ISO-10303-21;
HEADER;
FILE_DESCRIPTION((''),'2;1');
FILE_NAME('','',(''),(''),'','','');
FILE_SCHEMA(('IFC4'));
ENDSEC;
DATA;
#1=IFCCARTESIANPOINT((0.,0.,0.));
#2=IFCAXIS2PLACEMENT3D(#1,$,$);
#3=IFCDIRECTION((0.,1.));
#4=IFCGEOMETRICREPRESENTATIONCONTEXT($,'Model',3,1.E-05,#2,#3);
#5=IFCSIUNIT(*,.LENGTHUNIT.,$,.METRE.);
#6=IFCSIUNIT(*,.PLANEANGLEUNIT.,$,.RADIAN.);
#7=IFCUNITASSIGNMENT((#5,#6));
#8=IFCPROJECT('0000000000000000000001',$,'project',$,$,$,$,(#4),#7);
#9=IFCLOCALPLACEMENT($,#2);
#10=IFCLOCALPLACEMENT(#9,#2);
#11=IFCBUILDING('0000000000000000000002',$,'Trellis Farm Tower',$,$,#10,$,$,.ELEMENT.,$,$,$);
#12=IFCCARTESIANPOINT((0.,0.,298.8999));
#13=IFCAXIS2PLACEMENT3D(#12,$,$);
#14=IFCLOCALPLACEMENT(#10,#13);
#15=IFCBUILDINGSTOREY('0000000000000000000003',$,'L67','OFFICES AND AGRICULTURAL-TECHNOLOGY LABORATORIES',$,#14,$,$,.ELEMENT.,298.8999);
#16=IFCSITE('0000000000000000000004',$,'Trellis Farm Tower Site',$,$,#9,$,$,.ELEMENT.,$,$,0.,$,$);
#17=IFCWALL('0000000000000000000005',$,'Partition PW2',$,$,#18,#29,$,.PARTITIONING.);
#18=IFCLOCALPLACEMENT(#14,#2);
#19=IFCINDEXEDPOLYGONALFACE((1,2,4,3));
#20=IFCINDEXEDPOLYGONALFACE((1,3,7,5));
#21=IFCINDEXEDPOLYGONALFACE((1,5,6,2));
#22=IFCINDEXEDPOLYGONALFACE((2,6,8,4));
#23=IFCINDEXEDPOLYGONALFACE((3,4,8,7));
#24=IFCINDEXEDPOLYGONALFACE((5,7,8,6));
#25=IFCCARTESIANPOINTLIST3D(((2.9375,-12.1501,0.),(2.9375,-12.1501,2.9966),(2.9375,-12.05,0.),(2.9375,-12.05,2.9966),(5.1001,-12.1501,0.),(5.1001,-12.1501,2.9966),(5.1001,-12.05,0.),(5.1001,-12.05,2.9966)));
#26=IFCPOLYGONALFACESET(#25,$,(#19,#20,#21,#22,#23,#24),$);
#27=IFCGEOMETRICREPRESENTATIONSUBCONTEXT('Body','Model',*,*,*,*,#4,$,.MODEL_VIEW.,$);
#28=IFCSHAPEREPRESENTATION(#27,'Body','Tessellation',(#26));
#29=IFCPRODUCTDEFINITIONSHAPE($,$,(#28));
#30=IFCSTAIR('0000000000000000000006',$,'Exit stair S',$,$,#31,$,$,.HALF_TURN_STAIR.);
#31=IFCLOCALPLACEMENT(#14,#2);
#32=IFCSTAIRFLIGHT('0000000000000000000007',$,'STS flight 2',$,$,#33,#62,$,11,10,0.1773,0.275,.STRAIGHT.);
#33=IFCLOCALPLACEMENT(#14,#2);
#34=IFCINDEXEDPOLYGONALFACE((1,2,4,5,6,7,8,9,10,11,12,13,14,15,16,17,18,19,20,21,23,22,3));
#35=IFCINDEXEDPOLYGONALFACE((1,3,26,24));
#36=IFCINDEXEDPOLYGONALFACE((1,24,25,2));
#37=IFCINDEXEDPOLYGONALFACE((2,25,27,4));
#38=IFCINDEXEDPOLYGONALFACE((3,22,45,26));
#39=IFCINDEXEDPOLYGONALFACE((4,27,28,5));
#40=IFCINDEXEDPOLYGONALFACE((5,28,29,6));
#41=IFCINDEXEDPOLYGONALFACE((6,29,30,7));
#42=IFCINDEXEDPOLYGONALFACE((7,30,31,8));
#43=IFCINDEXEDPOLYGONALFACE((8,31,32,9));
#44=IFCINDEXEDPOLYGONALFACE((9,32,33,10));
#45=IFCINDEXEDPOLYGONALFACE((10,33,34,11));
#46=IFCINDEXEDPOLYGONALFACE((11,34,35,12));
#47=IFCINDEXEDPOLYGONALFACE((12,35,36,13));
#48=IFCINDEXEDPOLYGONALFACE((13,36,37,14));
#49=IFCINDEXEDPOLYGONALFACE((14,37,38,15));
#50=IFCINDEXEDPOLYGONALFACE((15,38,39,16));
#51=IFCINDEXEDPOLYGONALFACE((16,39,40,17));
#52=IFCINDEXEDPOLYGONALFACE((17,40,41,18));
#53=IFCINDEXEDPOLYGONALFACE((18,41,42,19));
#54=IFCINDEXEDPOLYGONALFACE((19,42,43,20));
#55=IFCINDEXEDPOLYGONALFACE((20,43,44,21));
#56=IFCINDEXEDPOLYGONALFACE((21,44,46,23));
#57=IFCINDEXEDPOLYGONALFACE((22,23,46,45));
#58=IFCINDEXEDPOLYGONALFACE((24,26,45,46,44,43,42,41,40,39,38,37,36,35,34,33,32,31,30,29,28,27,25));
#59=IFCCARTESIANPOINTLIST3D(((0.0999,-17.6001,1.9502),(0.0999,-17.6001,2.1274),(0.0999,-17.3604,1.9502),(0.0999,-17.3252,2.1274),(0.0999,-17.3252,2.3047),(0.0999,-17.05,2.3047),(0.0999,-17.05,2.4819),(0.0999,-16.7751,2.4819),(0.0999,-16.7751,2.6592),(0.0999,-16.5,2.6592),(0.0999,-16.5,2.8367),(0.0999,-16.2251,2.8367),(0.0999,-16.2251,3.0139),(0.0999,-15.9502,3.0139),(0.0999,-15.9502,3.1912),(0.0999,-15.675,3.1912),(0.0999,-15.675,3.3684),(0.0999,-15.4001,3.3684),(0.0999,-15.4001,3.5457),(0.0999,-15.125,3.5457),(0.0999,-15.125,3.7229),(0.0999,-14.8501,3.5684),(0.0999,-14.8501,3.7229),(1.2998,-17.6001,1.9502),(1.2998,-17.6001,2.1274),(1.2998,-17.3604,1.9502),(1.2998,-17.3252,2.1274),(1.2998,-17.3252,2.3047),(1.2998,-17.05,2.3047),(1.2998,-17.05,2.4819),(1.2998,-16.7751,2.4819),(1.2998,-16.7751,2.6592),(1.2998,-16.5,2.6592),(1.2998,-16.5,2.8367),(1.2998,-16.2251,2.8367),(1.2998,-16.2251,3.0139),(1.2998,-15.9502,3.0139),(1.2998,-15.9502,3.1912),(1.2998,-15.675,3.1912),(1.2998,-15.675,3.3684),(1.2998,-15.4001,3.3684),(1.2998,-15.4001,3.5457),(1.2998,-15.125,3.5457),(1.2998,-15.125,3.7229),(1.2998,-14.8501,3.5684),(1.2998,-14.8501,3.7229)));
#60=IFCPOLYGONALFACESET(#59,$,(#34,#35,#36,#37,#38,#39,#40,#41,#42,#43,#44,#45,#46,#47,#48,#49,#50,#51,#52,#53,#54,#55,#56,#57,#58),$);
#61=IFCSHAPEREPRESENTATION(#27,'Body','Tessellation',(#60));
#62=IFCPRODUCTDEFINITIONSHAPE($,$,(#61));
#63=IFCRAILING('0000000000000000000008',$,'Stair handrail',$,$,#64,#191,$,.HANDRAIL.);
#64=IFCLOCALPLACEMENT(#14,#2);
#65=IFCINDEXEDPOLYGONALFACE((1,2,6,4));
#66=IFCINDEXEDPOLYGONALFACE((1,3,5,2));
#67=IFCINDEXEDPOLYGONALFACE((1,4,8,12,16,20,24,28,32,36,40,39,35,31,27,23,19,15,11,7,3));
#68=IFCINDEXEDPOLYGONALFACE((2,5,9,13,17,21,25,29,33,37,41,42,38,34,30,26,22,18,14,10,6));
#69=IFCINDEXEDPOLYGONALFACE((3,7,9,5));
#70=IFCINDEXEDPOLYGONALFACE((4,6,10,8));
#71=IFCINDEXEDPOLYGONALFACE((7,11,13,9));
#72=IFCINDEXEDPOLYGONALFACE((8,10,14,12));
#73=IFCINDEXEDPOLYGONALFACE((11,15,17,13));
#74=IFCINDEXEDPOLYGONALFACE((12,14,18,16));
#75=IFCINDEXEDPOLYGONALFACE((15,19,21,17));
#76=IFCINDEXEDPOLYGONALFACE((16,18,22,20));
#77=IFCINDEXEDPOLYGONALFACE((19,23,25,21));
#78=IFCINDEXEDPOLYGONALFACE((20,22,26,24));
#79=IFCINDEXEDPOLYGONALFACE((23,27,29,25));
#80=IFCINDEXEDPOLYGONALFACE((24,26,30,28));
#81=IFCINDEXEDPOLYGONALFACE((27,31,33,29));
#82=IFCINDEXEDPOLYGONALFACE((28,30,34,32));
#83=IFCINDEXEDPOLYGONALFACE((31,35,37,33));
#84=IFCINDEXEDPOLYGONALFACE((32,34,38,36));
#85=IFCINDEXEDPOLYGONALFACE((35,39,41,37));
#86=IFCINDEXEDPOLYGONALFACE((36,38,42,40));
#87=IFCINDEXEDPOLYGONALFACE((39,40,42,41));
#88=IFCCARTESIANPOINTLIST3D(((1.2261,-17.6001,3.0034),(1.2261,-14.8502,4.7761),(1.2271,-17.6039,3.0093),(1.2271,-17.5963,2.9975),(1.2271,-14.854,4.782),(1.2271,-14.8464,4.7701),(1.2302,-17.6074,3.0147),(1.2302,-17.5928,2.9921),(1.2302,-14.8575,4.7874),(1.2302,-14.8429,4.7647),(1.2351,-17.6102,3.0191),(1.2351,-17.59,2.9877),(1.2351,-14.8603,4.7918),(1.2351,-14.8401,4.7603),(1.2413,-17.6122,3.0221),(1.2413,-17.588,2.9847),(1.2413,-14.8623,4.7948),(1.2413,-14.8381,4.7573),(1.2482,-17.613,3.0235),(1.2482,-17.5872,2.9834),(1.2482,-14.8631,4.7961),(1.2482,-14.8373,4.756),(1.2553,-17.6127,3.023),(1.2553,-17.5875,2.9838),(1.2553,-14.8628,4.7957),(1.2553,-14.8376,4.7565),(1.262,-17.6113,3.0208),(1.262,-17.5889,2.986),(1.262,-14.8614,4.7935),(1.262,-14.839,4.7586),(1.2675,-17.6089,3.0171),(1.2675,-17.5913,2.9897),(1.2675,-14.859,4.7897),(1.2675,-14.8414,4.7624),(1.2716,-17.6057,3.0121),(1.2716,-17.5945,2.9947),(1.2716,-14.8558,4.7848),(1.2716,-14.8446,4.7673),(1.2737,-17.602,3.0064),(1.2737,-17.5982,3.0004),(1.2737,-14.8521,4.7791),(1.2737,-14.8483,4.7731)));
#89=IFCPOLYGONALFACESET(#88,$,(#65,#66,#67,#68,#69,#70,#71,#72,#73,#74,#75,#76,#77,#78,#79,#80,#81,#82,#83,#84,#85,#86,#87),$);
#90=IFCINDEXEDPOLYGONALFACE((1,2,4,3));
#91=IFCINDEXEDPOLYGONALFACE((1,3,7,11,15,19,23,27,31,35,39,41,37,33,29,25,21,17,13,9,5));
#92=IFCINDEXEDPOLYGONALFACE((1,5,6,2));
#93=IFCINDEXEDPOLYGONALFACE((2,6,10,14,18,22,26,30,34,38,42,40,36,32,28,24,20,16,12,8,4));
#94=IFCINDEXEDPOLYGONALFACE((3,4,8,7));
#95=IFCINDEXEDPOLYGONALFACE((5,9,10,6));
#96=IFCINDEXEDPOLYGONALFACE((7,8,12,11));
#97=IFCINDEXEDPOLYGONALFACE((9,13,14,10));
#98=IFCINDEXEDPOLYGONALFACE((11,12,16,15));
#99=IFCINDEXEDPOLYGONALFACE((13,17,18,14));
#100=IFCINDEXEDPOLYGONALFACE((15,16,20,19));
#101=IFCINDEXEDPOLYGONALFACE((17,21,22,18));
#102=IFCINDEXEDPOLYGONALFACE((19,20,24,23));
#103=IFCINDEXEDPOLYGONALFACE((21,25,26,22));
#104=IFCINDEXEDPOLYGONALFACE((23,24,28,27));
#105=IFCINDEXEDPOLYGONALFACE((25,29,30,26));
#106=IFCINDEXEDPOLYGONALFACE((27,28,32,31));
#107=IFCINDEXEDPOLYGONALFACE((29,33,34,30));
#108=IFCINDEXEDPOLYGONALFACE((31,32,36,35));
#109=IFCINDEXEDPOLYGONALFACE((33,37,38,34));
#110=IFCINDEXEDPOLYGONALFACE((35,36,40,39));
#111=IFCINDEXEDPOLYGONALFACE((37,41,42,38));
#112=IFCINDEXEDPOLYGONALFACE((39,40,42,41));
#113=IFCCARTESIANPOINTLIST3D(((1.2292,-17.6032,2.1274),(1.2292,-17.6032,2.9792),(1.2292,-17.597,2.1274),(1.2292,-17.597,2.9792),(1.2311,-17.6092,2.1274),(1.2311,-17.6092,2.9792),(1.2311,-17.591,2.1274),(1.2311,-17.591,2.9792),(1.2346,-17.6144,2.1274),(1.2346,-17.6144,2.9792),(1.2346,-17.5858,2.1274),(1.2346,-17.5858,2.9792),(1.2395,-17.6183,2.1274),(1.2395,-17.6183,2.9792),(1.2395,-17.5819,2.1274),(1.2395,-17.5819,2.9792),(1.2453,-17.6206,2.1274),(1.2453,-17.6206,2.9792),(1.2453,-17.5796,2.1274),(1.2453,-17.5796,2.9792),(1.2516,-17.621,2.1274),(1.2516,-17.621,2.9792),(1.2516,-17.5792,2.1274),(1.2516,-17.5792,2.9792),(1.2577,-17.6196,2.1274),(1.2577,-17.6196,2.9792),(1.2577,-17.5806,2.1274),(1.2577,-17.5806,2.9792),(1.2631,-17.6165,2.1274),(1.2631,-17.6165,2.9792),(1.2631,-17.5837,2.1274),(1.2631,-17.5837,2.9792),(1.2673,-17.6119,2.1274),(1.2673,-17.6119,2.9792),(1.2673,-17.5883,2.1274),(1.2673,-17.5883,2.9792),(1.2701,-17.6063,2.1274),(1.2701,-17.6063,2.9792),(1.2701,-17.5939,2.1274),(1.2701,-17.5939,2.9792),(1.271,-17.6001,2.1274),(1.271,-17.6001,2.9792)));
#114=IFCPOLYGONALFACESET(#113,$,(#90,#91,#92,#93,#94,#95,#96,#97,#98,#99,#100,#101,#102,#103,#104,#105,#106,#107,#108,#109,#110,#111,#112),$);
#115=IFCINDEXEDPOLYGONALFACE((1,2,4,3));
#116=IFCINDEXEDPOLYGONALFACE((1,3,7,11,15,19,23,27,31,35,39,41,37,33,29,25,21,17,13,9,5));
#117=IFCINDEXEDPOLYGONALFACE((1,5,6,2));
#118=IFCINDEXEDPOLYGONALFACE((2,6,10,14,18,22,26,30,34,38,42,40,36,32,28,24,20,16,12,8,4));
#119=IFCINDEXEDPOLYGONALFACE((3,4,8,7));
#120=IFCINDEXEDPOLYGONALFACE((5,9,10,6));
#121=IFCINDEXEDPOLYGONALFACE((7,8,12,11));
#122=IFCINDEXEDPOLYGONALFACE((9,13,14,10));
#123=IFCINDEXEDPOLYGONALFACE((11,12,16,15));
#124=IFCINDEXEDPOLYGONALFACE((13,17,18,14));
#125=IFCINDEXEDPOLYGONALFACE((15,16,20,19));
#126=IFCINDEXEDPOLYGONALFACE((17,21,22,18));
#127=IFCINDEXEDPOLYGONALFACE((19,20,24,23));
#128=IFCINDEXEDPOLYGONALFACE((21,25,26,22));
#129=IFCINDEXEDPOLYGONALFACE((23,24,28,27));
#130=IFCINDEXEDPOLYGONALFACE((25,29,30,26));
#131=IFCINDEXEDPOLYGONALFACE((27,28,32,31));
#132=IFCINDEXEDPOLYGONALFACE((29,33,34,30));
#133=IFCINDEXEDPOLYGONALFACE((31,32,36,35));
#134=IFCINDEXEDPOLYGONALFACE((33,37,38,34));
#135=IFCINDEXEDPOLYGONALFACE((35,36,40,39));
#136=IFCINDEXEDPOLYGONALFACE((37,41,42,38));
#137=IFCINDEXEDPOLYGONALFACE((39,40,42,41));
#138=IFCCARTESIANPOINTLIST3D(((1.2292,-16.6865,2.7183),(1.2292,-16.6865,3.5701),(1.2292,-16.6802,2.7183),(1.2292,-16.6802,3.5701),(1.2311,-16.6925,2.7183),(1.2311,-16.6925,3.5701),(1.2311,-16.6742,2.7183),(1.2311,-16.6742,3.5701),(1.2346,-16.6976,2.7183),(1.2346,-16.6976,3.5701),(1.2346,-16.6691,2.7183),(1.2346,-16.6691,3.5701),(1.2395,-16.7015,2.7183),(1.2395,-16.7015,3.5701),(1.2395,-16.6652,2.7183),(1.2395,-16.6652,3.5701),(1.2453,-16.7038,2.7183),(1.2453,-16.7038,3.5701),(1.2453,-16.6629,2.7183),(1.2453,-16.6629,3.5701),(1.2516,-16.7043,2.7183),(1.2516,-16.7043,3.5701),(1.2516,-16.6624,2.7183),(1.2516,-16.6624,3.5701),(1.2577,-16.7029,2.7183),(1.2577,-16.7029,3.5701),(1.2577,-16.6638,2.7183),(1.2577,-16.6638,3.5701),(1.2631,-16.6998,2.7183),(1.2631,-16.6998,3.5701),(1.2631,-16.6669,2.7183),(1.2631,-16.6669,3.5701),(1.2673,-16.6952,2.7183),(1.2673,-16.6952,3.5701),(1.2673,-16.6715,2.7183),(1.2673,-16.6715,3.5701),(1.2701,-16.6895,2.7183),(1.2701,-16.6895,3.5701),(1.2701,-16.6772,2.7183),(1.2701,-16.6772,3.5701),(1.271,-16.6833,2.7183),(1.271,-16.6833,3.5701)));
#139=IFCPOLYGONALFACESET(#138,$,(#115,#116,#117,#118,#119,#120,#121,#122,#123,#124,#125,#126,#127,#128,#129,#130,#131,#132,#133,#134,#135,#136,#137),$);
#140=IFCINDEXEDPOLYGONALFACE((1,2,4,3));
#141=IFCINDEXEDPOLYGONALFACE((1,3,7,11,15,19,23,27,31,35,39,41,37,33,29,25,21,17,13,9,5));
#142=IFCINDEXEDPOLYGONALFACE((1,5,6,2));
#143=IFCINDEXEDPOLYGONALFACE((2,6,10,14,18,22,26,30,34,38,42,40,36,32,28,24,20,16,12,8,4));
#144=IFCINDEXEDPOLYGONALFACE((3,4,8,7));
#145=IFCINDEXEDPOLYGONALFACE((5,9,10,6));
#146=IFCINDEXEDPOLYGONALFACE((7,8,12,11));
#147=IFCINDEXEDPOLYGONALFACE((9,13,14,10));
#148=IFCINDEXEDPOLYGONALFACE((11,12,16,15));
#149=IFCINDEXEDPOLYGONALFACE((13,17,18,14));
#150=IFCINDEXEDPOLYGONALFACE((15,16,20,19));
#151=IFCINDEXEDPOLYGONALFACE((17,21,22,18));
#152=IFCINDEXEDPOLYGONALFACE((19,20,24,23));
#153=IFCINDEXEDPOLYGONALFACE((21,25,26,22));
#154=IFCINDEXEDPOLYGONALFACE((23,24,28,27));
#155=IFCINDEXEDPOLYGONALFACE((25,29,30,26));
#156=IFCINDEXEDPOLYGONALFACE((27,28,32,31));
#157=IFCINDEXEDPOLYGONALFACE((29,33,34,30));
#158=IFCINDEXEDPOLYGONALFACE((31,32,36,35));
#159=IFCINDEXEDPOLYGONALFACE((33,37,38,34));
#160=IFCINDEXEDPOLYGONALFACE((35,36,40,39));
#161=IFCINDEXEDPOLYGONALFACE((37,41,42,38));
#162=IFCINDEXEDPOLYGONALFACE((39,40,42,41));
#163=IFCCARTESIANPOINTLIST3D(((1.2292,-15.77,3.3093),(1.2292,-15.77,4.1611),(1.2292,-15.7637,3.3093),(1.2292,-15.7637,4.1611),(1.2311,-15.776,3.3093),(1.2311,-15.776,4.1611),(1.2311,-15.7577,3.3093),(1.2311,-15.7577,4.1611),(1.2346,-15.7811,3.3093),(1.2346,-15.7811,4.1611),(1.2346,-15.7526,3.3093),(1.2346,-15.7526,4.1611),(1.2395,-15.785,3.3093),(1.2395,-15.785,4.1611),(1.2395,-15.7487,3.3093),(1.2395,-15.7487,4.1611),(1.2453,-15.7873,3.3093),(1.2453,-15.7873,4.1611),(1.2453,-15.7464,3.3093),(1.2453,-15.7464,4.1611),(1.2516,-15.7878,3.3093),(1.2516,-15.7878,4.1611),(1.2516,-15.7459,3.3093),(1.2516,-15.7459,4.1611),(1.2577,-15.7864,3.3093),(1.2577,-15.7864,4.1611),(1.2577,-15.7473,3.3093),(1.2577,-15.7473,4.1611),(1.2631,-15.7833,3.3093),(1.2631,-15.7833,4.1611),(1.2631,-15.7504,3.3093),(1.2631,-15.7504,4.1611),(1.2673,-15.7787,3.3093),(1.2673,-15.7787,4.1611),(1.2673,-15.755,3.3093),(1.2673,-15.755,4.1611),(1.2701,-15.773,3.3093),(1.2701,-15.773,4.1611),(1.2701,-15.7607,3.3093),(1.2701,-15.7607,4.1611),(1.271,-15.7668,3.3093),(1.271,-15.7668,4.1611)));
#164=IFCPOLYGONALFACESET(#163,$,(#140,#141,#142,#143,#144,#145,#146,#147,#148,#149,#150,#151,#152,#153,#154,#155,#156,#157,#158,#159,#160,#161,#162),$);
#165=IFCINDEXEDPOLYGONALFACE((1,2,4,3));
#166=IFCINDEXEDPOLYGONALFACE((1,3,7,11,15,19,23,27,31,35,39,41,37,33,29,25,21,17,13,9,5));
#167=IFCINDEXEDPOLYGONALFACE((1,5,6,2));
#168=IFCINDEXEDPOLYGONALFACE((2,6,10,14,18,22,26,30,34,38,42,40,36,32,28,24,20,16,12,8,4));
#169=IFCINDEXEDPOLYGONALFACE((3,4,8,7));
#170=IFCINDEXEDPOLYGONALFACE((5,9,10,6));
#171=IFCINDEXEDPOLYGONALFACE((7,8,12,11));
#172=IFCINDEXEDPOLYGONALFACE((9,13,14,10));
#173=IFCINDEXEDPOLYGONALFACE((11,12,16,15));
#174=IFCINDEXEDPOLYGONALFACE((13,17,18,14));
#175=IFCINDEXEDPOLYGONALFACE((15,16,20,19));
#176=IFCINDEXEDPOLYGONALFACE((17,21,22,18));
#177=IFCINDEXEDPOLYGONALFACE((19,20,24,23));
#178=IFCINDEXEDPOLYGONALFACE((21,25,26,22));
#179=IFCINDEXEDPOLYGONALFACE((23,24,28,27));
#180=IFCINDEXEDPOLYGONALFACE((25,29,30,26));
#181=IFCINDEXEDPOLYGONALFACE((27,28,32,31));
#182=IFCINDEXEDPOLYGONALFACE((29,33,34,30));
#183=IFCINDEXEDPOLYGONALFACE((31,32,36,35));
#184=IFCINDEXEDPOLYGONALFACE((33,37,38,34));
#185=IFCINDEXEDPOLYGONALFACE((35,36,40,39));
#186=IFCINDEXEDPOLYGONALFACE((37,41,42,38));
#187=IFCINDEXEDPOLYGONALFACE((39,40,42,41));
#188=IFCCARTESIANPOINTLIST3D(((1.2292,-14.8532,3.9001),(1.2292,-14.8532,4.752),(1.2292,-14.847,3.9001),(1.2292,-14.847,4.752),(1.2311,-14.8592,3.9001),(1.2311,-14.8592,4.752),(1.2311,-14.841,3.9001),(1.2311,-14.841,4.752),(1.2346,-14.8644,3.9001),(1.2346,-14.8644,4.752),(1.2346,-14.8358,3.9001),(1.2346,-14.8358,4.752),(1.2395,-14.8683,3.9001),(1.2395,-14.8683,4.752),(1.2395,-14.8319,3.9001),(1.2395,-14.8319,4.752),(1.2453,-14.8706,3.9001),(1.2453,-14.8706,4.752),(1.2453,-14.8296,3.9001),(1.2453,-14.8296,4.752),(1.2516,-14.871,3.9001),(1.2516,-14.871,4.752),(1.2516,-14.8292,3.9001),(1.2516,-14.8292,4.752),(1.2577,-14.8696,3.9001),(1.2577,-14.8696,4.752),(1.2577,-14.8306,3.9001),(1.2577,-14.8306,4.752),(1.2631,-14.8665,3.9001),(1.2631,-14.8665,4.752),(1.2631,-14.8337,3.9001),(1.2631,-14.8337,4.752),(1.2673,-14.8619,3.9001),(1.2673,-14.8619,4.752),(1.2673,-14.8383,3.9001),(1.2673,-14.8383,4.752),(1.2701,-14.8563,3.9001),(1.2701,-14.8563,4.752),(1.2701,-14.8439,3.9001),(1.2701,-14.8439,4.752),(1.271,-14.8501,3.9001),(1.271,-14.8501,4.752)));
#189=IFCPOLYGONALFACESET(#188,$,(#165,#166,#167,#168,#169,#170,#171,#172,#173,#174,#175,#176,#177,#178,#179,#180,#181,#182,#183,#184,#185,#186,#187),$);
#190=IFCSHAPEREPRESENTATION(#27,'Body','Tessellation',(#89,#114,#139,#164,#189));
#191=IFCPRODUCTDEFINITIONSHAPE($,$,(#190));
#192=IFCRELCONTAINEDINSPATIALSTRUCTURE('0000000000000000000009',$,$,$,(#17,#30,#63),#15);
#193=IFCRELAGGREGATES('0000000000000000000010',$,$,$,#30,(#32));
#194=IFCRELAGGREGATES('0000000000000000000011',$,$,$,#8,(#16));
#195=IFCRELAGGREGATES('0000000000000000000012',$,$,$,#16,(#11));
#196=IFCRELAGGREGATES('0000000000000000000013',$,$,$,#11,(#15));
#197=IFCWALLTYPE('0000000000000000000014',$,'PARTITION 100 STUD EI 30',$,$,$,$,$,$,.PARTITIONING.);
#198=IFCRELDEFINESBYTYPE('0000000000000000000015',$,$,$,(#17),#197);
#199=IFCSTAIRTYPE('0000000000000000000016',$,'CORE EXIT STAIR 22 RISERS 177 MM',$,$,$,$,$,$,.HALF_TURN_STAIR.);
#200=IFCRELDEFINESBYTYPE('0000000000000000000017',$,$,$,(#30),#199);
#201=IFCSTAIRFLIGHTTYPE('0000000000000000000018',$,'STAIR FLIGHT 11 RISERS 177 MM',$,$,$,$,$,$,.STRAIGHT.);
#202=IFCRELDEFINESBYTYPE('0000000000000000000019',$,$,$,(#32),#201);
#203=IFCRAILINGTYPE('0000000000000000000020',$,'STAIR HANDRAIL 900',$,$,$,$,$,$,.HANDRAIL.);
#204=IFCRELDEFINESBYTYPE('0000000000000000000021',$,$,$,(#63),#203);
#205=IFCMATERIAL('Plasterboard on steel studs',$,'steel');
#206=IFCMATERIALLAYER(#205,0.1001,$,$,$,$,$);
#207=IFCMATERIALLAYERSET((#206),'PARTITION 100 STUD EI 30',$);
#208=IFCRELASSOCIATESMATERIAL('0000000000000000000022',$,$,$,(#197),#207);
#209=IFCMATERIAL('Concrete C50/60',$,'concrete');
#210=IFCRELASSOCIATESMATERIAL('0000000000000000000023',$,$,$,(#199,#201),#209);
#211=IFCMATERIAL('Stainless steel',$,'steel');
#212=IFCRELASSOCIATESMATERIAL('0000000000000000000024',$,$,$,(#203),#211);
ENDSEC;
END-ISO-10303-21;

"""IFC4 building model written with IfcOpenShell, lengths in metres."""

from ifc_helpers import new_model, si_unit, direction, frame, frame_2d, origin, origin_2d, place, context, subcontext, project, spatial, polyline, rectangle, circle, outline, extrude, source, transform, mapped, material, layer, layer_set, type_object, element, aggregate, save


model = new_model("IFC4")

# Units and contexts
model_context = context("Model", 3, precision=1e-05, world=origin(), true_north=direction((0.0, 1.0)))
body_context = subcontext(model_context, "Body", "Model", "MODEL_VIEW")
ifc_project = project(units=[si_unit("LENGTHUNIT", "METRE"), si_unit("PLANEANGLEUNIT", "RADIAN")], contexts=[model_context])

# Site, building, storey
site_placement = place(None, origin())
site = spatial("IfcSite", under=ifc_project, at=site_placement, Name="Trellis Farm Tower Site", CompositionType="ELEMENT", RefElevation=0.0)
building_placement = place(site_placement, origin())
building = spatial("IfcBuilding", under=site, at=building_placement, Name="Trellis Farm Tower", CompositionType="ELEMENT")
storey_placement = place(building_placement, frame((0.0, 0.0, 298.8999)))
storey = spatial("IfcBuildingStorey", under=building, at=storey_placement, Name="L67", Description="OFFICES AND AGRICULTURAL-TECHNOLOGY LABORATORIES", CompositionType="ELEMENT", Elevation=298.8999)

# Shared definitions
placement = place(storey_placement, origin())

# Shared definitions
ifc_material_1 = material(Name="Plasterboard on steel studs", Category="steel")
ifc_layer_1 = layer(ifc_material_1, 0.1001)
ifc_layer_set_1 = layer_set([ifc_layer_1], Name="PARTITION 100 STUD EI 30")
wall_type_1 = type_object("IfcWallType", Name="PARTITION 100 STUD EI 30", PredefinedType="PARTITIONING", material=ifc_layer_set_1)
ifc_material_2 = material(Name="Concrete C50/60", Category="concrete")

# Wall
shared_shape_1 = source(origin(), body_context, "Body", "SweptSolid", [
    extrude(rectangle(XDim=2.1626, YDim=0.1001, at=frame_2d((1.0813, 0.0))), origin(), (0.0, 0.0, 1.0), 2.9966),
])
wall_1_placement = place(storey_placement, frame((2.9375, -12.1001, 0.0), z_axis=(0.0, 0.0, 1.0), x_axis=(1.0, 0.0, 0.0)))
element("IfcWall", 1, at=wall_1_placement, inside=storey, type_object=wall_type_1, Name="Partition PW2", PredefinedType="PARTITIONING", context=body_context, shape_type="MappedRepresentation", body=[
    mapped(shared_shape_1, transform((0.0, 0.0, 0.0))),
])

# Stair, stair flight
stair_type = type_object("IfcStairType", Name="CORE EXIT STAIR 22 RISERS 177 MM", PredefinedType="HALF_TURN_STAIR", material=ifc_material_2)
stair = element("IfcStair", 2, at=placement, inside=storey, type_object=stair_type, Name="Exit stair S", PredefinedType="HALF_TURN_STAIR")
stair_flight_type = type_object("IfcStairFlightType", Name="STAIR FLIGHT 11 RISERS 177 MM", PredefinedType="STRAIGHT", material=ifc_material_2)
shared_shape_2 = source(origin(), body_context, "Body", "SweptSolid", [
    extrude(outline(polyline([(0.0, 0.0), (0.0, 0.1772), (0.2749, 0.1772), (0.2749, 0.3545), (0.55, 0.3545), (0.55, 0.5317), (0.825, 0.5317), (0.825, 0.709), (1.1001, 0.709), (1.1001, 0.8865), (1.375, 0.8865), (1.375, 1.0637), (1.6499, 1.0637), (1.6499, 1.241), (1.925, 1.241), (1.925, 1.4182), (2.2, 1.4182), (2.2, 1.5955), (2.4751, 1.5955), (2.4751, 1.7727), (2.75, 1.7727), (2.75, 1.95), (2.75, 1.6182), (0.2397, 0.0), (0.0, 0.0)])), frame((0.0, 0.6001, 0.0), z_axis=(0.0, -1.0, 0.0), x_axis=(1.0, 0.0, 0.0)), (0.0, 0.0, 1.0), 1.2),
])
stair_flight_placement = place(storey_placement, frame((0.7, -17.6001, 1.9502), z_axis=(0.0, 0.0, 1.0), x_axis=(0.0, 1.0, 0.0)))
stair_flight = element("IfcStairFlight", 3, at=stair_flight_placement, type_object=stair_flight_type, Name="STS flight 2", NumberOfRisers=11, NumberOfTreads=10, PredefinedType="STRAIGHT", RiserHeight=0.1773, TreadLength=0.275, context=body_context, shape_type="MappedRepresentation", body=[
    mapped(shared_shape_2, transform((0.0, 0.0, 0.0))),
])
aggregate(stair, [stair_flight])

# Railing
ifc_material_3 = material(Name="Stainless steel", Category="steel")
railing_type = type_object("IfcRailingType", Name="STAIR HANDRAIL 900", PredefinedType="HANDRAIL", material=ifc_material_3)
shared_shape_3 = source(origin(), body_context, "Body", "SweptSolid", [
    extrude(circle(Radius=0.0239, at=origin_2d()), frame((0.0, 0.0, 0.876), z_axis=(0.0, 0.840504, 0.541806), x_axis=(-1.0, 0.0, 0.0)), (0.0, 0.0, 1.0), 3.2717),
    extrude(circle(Radius=0.021, at=origin_2d()), origin(), (0.0, 0.0, 1.0), 0.8518),
    extrude(circle(Radius=0.021, at=origin_2d()), frame((0.0, 0.9167, 0.5908)), (0.0, 0.0, 1.0), 0.8518),
    extrude(circle(Radius=0.021, at=origin_2d()), frame((0.0, 1.8333, 1.1819)), (0.0, 0.0, 1.0), 0.8518),
    extrude(circle(Radius=0.021, at=origin_2d()), frame((0.0, 2.75, 1.7727)), (0.0, 0.0, 1.0), 0.8518),
])
railing_placement = place(storey_placement, frame((1.25, -17.6001, 2.1274)))
element("IfcRailing", 4, at=railing_placement, inside=storey, type_object=railing_type, Name="Stair handrail", PredefinedType="HANDRAIL", context=body_context, shape_type="MappedRepresentation", body=[
    mapped(shared_shape_3, transform((0.0, 0.0, 0.0))),
])

save(model, "model.ifc")
